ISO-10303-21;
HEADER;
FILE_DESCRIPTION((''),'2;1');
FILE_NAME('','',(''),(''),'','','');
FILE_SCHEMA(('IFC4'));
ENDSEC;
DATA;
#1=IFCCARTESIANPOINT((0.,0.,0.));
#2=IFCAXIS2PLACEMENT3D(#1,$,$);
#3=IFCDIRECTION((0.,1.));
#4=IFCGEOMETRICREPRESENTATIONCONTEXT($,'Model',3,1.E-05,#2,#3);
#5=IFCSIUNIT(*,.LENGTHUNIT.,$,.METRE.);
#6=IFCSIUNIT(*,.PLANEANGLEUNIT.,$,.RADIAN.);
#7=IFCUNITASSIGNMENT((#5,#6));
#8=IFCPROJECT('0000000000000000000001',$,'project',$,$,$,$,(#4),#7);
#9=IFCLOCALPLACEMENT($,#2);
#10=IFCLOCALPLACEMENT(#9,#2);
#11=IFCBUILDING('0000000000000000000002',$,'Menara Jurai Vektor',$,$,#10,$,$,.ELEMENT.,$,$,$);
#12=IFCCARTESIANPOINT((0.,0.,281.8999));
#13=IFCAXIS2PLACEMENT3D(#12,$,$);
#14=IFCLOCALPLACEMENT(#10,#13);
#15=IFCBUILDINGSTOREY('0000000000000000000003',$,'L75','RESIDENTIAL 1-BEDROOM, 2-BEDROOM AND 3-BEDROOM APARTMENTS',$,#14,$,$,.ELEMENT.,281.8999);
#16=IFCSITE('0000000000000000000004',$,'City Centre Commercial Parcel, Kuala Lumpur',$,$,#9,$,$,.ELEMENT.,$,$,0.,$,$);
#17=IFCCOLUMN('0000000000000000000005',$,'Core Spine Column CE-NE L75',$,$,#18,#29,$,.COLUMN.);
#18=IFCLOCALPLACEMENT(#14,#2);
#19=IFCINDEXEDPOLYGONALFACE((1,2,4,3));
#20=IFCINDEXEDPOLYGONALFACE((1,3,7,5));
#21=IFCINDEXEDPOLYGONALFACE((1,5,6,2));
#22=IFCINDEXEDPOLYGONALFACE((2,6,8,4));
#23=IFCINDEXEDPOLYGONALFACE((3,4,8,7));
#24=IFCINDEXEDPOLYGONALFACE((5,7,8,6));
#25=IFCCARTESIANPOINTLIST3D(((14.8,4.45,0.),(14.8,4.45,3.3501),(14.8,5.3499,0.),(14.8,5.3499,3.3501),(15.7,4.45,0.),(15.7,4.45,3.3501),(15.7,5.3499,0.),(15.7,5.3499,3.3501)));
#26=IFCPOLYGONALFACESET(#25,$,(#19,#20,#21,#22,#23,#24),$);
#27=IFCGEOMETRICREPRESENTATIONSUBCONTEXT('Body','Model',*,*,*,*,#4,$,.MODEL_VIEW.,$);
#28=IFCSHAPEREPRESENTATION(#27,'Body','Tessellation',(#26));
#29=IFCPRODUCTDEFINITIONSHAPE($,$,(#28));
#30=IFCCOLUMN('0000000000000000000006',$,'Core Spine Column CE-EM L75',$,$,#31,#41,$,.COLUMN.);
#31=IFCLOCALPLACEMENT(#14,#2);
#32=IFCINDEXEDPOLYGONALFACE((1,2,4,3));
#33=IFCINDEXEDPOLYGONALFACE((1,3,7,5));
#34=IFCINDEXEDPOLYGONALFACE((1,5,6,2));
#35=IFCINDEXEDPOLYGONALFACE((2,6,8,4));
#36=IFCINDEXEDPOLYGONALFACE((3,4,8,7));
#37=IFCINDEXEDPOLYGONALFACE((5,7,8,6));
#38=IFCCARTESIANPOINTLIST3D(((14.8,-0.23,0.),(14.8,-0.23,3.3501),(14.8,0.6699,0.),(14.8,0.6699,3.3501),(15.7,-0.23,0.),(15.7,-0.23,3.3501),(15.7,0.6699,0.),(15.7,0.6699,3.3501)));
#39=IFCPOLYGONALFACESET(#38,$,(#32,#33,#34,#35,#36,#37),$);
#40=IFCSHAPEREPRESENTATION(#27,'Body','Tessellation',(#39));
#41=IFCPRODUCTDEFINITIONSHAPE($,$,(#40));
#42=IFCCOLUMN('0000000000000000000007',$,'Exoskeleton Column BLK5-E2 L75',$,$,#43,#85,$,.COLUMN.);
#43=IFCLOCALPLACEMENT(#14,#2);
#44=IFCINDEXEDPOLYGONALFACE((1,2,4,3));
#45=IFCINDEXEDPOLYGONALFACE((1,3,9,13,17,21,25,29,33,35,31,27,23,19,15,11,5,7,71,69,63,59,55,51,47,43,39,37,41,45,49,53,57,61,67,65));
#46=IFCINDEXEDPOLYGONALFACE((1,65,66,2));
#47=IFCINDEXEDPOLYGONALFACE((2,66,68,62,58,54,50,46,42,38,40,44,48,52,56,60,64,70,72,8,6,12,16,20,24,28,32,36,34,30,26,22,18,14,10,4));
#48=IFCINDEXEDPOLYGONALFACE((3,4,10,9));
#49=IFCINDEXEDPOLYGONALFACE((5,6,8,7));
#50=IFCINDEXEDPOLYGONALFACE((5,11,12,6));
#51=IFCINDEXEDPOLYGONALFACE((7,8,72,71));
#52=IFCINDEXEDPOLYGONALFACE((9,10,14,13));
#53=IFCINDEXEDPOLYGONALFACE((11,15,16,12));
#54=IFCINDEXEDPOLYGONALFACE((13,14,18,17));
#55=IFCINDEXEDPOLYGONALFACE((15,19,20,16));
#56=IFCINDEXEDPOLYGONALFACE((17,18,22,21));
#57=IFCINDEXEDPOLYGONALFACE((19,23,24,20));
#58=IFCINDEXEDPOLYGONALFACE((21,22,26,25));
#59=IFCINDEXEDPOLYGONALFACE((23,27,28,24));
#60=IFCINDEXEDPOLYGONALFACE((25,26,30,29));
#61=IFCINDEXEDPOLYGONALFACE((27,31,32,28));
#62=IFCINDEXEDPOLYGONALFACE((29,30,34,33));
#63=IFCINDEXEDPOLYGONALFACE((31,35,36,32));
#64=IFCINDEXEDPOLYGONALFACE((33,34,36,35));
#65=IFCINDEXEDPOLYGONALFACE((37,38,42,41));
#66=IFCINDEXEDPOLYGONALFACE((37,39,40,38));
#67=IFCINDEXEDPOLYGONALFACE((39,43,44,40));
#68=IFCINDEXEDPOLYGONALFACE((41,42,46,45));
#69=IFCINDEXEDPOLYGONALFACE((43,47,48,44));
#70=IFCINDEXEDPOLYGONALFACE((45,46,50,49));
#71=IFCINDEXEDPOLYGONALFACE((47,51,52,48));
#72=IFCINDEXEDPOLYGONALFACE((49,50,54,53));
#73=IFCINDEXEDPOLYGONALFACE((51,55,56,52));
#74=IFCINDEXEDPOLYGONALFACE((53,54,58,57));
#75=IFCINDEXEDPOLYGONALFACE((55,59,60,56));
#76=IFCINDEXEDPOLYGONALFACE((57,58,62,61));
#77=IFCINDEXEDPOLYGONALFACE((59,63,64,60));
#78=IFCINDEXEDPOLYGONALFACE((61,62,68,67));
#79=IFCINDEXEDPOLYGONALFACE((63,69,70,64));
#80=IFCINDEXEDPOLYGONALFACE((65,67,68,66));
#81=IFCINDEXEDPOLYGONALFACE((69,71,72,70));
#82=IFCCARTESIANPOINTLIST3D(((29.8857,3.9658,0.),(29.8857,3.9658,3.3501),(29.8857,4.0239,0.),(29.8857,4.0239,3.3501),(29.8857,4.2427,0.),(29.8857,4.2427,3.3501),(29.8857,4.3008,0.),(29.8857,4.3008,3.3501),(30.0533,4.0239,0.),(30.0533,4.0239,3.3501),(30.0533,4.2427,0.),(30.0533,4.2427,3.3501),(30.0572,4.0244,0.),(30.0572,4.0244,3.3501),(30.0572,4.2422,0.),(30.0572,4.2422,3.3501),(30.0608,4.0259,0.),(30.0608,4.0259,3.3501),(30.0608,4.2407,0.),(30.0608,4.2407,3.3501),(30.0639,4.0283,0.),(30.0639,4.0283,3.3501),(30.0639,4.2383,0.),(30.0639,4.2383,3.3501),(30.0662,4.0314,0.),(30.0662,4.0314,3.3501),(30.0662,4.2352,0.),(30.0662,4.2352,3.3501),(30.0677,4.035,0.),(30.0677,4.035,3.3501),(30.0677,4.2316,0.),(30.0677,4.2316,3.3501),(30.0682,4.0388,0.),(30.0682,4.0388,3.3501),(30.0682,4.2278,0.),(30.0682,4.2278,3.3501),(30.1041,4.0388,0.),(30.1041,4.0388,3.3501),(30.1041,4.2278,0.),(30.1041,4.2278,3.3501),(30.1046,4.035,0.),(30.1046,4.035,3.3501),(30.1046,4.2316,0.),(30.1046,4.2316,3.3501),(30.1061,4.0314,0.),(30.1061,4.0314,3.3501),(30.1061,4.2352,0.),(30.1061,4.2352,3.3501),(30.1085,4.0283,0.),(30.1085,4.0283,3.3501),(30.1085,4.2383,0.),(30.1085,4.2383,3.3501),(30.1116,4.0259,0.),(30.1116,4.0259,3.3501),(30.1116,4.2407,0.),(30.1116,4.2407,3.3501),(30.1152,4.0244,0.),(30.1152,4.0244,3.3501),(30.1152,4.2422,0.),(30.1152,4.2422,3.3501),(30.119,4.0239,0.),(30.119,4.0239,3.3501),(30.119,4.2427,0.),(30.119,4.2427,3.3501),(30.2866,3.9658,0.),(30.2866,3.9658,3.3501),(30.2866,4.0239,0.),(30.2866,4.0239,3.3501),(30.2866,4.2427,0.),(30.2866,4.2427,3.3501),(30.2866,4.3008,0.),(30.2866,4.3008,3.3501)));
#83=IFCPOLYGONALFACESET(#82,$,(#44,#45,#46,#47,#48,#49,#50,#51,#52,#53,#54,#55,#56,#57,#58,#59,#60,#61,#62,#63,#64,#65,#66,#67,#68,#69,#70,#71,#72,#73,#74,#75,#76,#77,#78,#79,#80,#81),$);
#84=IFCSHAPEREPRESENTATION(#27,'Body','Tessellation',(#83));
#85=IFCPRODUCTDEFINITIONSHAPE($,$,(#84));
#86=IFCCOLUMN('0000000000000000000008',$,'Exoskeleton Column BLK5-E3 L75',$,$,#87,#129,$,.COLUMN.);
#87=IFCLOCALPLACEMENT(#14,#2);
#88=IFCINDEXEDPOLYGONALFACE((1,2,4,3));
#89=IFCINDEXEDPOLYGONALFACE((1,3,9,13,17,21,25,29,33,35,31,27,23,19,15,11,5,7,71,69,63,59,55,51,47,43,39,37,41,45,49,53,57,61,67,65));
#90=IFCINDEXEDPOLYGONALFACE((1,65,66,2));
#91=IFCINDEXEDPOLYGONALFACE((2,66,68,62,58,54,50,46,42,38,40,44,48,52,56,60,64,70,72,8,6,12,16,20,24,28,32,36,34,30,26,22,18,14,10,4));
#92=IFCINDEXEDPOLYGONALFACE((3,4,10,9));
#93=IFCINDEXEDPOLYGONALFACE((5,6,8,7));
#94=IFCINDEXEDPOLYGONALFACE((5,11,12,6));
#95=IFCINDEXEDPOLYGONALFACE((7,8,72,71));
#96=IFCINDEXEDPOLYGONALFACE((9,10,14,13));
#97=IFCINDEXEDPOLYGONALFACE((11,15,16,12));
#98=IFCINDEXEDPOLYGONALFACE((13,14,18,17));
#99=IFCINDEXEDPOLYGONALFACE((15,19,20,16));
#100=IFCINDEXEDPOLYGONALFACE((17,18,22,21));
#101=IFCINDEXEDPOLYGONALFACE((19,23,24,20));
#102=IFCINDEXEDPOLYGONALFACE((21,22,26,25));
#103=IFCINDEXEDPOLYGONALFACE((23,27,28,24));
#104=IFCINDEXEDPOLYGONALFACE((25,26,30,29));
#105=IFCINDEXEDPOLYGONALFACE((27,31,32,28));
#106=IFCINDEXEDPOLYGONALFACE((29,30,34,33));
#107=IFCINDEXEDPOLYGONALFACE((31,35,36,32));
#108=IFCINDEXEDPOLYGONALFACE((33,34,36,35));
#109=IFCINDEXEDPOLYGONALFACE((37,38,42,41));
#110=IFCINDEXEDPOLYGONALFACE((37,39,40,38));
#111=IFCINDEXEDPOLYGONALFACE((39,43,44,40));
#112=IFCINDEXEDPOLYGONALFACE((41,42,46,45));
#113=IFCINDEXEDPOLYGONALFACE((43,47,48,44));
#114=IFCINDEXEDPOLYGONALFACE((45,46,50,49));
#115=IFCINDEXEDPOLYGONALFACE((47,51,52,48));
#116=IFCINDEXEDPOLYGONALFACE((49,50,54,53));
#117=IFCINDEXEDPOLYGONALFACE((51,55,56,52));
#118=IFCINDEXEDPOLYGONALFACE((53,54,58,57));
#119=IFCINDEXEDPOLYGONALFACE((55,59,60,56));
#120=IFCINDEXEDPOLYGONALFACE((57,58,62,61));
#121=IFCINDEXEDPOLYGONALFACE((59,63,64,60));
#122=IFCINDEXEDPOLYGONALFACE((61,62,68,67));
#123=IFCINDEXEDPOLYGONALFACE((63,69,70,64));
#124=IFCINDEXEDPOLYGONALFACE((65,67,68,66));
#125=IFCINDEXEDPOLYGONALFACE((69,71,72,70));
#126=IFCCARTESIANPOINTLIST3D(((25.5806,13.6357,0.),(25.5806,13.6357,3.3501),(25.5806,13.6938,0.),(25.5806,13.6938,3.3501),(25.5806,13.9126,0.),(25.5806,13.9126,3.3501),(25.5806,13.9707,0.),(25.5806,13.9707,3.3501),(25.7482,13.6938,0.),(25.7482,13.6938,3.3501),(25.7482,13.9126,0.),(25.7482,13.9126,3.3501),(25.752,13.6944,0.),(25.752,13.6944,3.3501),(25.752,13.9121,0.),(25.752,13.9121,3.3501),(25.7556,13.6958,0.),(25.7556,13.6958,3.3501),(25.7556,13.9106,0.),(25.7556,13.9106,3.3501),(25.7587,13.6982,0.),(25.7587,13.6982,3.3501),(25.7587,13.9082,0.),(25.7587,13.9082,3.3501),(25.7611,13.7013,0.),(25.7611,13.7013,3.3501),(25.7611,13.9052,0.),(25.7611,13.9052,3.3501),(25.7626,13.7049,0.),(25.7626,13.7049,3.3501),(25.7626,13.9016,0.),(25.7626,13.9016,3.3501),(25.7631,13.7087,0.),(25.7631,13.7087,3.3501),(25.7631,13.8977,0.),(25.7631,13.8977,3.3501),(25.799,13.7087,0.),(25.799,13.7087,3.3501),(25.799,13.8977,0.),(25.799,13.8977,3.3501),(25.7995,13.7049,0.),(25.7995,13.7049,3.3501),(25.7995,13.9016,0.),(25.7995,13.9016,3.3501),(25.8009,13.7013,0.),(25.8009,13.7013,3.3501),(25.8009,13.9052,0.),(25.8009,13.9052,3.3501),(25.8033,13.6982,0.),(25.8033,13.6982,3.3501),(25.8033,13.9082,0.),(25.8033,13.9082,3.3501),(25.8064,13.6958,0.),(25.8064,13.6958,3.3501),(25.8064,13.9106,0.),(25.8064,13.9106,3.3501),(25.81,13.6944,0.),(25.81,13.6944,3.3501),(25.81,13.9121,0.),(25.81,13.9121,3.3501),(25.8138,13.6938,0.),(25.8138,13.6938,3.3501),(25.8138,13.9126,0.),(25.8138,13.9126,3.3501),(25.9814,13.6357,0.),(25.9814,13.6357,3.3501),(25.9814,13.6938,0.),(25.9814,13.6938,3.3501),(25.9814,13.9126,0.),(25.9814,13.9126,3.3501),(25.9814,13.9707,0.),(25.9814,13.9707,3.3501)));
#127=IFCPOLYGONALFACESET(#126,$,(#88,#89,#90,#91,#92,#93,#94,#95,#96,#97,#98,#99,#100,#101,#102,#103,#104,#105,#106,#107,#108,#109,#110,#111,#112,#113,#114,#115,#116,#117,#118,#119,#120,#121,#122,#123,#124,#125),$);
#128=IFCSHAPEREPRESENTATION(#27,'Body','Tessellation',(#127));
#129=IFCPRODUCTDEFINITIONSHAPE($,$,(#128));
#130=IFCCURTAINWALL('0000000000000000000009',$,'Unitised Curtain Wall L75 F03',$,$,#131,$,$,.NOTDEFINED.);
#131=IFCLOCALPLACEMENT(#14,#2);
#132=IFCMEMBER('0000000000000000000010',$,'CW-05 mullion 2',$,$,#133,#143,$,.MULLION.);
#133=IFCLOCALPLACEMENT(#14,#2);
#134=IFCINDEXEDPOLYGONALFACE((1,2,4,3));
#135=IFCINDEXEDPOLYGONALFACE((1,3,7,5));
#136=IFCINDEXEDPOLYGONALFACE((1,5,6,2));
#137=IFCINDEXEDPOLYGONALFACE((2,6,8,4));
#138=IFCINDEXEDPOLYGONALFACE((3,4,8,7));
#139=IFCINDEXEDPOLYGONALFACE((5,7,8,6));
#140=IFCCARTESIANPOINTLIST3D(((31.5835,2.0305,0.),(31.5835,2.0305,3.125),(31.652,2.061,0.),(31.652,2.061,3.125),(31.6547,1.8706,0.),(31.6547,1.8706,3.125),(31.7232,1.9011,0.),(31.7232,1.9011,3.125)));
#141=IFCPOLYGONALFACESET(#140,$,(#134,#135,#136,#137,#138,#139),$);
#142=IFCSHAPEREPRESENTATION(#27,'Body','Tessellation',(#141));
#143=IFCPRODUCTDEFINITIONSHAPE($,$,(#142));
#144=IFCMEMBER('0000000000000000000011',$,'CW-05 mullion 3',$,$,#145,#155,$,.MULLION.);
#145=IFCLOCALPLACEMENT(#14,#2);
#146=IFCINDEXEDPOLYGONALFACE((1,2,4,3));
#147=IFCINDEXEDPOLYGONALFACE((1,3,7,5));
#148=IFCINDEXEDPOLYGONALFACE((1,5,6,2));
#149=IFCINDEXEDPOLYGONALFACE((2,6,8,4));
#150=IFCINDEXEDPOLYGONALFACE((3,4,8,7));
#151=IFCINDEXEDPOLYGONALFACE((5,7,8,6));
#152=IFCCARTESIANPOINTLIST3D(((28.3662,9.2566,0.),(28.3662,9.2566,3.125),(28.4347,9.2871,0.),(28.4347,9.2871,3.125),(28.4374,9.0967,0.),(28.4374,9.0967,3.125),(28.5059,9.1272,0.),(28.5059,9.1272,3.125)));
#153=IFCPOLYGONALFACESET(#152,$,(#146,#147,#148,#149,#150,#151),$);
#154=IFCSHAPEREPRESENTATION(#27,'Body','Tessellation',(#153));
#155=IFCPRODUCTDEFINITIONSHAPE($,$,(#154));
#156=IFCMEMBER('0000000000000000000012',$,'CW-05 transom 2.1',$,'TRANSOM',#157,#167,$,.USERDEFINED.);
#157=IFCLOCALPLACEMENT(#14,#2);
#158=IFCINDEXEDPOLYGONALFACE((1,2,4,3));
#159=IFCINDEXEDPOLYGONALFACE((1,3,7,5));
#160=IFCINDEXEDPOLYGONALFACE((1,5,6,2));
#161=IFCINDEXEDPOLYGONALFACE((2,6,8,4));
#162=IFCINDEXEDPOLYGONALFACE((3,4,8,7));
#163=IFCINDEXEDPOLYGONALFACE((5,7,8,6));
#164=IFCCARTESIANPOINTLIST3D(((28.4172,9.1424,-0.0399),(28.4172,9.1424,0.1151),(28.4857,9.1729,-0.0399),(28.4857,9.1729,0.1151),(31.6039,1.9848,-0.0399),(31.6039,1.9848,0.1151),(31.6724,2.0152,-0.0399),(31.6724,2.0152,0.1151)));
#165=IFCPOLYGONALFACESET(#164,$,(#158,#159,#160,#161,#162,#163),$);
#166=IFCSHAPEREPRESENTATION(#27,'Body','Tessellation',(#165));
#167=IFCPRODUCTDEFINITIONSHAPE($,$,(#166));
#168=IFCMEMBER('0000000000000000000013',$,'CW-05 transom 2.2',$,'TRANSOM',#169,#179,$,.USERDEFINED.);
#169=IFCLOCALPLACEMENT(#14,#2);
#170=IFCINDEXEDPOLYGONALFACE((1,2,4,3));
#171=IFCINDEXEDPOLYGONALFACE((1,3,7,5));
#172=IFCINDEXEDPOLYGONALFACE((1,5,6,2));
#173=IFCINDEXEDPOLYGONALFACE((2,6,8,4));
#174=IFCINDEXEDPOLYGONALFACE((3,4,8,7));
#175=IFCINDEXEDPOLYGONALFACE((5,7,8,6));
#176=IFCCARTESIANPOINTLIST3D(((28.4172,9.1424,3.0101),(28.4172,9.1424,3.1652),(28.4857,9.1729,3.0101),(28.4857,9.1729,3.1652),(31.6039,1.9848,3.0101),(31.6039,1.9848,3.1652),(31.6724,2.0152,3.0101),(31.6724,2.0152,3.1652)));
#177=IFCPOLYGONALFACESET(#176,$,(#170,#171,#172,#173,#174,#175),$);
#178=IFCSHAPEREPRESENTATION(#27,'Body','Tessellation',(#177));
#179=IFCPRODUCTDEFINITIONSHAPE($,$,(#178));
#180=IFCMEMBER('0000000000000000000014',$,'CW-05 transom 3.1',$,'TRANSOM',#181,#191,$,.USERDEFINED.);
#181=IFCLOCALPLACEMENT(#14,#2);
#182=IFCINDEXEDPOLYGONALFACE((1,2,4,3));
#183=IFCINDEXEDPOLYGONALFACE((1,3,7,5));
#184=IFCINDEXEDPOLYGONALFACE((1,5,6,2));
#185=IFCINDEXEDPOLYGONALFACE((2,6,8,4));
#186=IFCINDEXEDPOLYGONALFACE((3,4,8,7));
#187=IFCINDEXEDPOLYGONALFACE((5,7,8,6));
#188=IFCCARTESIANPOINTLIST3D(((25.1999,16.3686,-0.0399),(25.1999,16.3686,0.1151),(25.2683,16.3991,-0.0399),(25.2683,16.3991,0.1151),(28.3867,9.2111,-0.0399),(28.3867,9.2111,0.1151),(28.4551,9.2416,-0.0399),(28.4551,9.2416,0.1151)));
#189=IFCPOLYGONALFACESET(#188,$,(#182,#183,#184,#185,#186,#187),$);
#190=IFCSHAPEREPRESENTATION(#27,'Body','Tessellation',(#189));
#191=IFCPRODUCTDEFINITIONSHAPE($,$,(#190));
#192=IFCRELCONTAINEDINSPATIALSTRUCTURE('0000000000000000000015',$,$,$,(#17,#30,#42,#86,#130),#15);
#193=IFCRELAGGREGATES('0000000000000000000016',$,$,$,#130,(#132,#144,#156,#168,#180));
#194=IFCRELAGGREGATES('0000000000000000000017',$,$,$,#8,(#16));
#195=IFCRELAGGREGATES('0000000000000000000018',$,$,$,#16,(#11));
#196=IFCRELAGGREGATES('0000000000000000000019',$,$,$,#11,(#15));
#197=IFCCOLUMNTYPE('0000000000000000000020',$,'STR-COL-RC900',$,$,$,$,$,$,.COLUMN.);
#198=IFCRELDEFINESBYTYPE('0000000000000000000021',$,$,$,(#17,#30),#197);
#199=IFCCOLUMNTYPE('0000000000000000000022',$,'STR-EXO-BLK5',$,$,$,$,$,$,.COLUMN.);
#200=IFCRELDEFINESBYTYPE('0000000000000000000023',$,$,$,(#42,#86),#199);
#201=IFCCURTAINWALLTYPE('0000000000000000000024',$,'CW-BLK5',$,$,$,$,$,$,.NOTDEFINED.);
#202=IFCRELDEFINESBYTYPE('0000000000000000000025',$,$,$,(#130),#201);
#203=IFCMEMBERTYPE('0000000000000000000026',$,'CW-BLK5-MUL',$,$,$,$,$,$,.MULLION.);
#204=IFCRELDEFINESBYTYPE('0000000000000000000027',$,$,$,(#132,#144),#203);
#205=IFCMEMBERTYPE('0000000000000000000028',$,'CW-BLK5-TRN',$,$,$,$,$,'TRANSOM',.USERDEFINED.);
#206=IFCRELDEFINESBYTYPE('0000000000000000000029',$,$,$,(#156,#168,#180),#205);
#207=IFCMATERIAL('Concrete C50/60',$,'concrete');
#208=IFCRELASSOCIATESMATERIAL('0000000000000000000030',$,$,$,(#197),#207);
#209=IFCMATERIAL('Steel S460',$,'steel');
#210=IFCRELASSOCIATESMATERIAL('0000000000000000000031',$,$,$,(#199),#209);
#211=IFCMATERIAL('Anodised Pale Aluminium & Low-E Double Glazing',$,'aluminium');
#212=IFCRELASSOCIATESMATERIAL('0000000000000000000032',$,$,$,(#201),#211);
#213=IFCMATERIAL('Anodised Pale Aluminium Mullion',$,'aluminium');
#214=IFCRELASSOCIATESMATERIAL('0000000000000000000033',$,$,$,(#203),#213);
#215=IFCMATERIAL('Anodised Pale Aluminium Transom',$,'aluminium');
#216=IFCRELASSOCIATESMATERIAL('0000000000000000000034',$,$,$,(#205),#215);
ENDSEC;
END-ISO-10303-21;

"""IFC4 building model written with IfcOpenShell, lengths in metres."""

from ifc_helpers import new_model, si_unit, direction, frame, origin, origin_2d, place, context, subcontext, project, spatial, rectangle, i_section, extrude, material, material_profile, profile_set, type_object, element, aggregate, save


model = new_model("IFC4")

# Units and contexts
model_context = context("Model", 3, precision=1e-05, world=origin(), true_north=direction((0.0, 1.0)))
body_context = subcontext(model_context, "Body", "Model", "MODEL_VIEW")
ifc_project = project(units=[si_unit("LENGTHUNIT", "METRE"), si_unit("PLANEANGLEUNIT", "RADIAN")], contexts=[model_context])

# Site, building, storey
site_placement = place(None, origin())
site = spatial("IfcSite", under=ifc_project, at=site_placement, Name="City Centre Commercial Parcel, Kuala Lumpur", CompositionType="ELEMENT", RefElevation=0.0)
building_placement = place(site_placement, origin())
building = spatial("IfcBuilding", under=site, at=building_placement, Name="Menara Jurai Vektor", CompositionType="ELEMENT")
storey_placement = place(building_placement, frame((0.0, 0.0, 281.8999)))
storey = spatial("IfcBuildingStorey", under=building, at=storey_placement, Name="L75", Description="RESIDENTIAL 1-BEDROOM, 2-BEDROOM AND 3-BEDROOM APARTMENTS", CompositionType="ELEMENT", Elevation=281.8999)

# Columns
ifc_material_1 = material(Name="Concrete C50/60", Category="concrete")
ifc_material_profile_1 = material_profile(ifc_material_1, rectangle(XDim=0.8999, YDim=0.8999, at=origin_2d()), Name="RC 900x900")
ifc_profile_set_1 = profile_set([ifc_material_profile_1], Name="Concrete C50/60")
column_type_1 = type_object("IfcColumnType", Name="STR-COL-RC900", PredefinedType="COLUMN", material=ifc_profile_set_1)
for number, where, z_axis, x_axis, name in (
    (1, (15.25, 4.8999, 0.0), (0.0, 0.0, 1.0), (1.0, 0.0, 0.0), "Core Spine Column CE-NE L75"),
    (2, (15.25, 0.22, 0.0), (0.0, 0.0, 1.0), (1.0, 0.0, 0.0), "Core Spine Column CE-EM L75"),
):
    element("IfcColumn", number, at=place(storey_placement, frame(where, z_axis=z_axis, x_axis=x_axis)), inside=storey, type_object=column_type_1, Name=name, PredefinedType="COLUMN", context=body_context, shape_type="SweptSolid", body=[
        extrude(rectangle(XDim=0.8999, YDim=0.8999, at=origin_2d()), origin(), (0.0, 0.0, 1.0), 3.3501),
    ])
ifc_material_2 = material(Name="Steel S460", Category="steel")
ifc_material_profile_2 = material_profile(ifc_material_2, i_section(OverallWidth=0.4009, OverallDepth=0.335, WebThickness=0.0359, FlangeThickness=0.0581, FilletRadius=0.0149, at=origin_2d()), Name="HD 400x463")
ifc_profile_set_2 = profile_set([ifc_material_profile_2], Name="Steel S460")
column_type_2 = type_object("IfcColumnType", Name="STR-EXO-BLK5", PredefinedType="COLUMN", material=ifc_profile_set_2)
for number, where, z_axis, x_axis, name in (
    (3, (30.0862, 4.1333, 0.0), (0.0, 0.0, 1.0), (1.0, 0.0, 0.0), "Exoskeleton Column BLK5-E2 L75"),
    (4, (25.781, 13.8032, 0.0), (0.0, 0.0, 1.0), (1.0, 0.0, 0.0), "Exoskeleton Column BLK5-E3 L75"),
):
    element("IfcColumn", number, at=place(storey_placement, frame(where, z_axis=z_axis, x_axis=x_axis)), inside=storey, type_object=column_type_2, Name=name, PredefinedType="COLUMN", context=body_context, shape_type="SweptSolid", body=[
        extrude(i_section(OverallWidth=0.4009, OverallDepth=0.335, WebThickness=0.0359, FlangeThickness=0.0581, FilletRadius=0.0149, at=origin_2d()), origin(), (0.0, 0.0, 1.0), 3.3501),
    ])

# Curtain wall, members
ifc_material_3 = material(Name="Anodised Pale Aluminium & Low-E Double Glazing", Category="aluminium")
curtain_wall_type = type_object("IfcCurtainWallType", Name="CW-BLK5", PredefinedType="NOTDEFINED", material=ifc_material_3)
curtain_wall_placement = place(storey_placement, origin())
curtain_wall = element("IfcCurtainWall", 5, at=curtain_wall_placement, inside=storey, type_object=curtain_wall_type, Name="Unitised Curtain Wall L75 F03", PredefinedType="NOTDEFINED")
ifc_material_4 = material(Name="Anodised Pale Aluminium Mullion", Category="aluminium")
ifc_material_profile_3 = material_profile(ifc_material_4, rectangle(XDim=0.075, YDim=0.175, at=origin_2d()), Name="ALU MUL 75x175")
ifc_profile_set_3 = profile_set([ifc_material_profile_3], Name="Anodised Pale Aluminium Mullion")
member_type_1 = type_object("IfcMemberType", Name="CW-BLK5-MUL", PredefinedType="MULLION", material=ifc_profile_set_3)
member_1_placement = place(storey_placement, frame((31.6533, 1.9658, 0.0), z_axis=(0.0, 0.0, 1.0), x_axis=(-0.913546, -0.406735, 0.0)))
member_1 = element("IfcMember", 6, at=member_1_placement, type_object=member_type_1, Name="CW-05 mullion 2", PredefinedType="MULLION", context=body_context, shape_type="SweptSolid", body=[
    extrude(rectangle(XDim=0.075, YDim=0.175, at=origin_2d()), origin(), (0.0, 0.0, 1.0), 3.125),
])
member_2_placement = place(storey_placement, frame((28.436, 9.1919, 0.0), z_axis=(0.0, 0.0, 1.0), x_axis=(-0.913546, -0.406735, 0.0)))
member_2 = element("IfcMember", 7, at=member_2_placement, type_object=member_type_1, Name="CW-05 mullion 3", PredefinedType="MULLION", context=body_context, shape_type="SweptSolid", body=[
    extrude(rectangle(XDim=0.075, YDim=0.175, at=origin_2d()), origin(), (0.0, 0.0, 1.0), 3.125),
])
ifc_material_5 = material(Name="Anodised Pale Aluminium Transom", Category="aluminium")
ifc_material_profile_4 = material_profile(ifc_material_5, rectangle(XDim=0.075, YDim=0.155, at=origin_2d()), Name="ALU TRN 75x155")
ifc_profile_set_4 = profile_set([ifc_material_profile_4], Name="Anodised Pale Aluminium Transom")
member_type_2 = type_object("IfcMemberType", Name="CW-BLK5-TRN", ElementType="TRANSOM", PredefinedType="USERDEFINED", material=ifc_profile_set_4)
member_3_placement = place(storey_placement, frame((31.6382, 2.0, 0.0376), z_axis=(-0.406731, 0.913548, 0.0), x_axis=(-0.913548, -0.406731, 0.0)))
member_3 = element("IfcMember", 8, at=member_3_placement, type_object=member_type_2, Name="CW-05 transom 2.1", ObjectType="TRANSOM", PredefinedType="USERDEFINED", context=body_context, shape_type="SweptSolid", body=[
    extrude(rectangle(XDim=0.075, YDim=0.155, at=origin_2d()), origin(), (0.0, 0.0, 1.0), 7.835),
])
member_4_placement = place(storey_placement, frame((31.6382, 2.0, 3.0876), z_axis=(-0.406731, 0.913548, 0.0), x_axis=(-0.913548, -0.406731, 0.0)))
member_4 = element("IfcMember", 9, at=member_4_placement, type_object=member_type_2, Name="CW-05 transom 2.2", ObjectType="TRANSOM", PredefinedType="USERDEFINED", context=body_context, shape_type="SweptSolid", body=[
    extrude(rectangle(XDim=0.075, YDim=0.155, at=origin_2d()), origin(), (0.0, 0.0, 1.0), 7.835),
])
member_5_placement = place(storey_placement, frame((28.4209, 9.2263, 0.0376), z_axis=(-0.406743, 0.913543, 0.0), x_axis=(-0.913543, -0.406743, 0.0)))
member_5 = element("IfcMember", 10, at=member_5_placement, type_object=member_type_2, Name="CW-05 transom 3.1", ObjectType="TRANSOM", PredefinedType="USERDEFINED", context=body_context, shape_type="SweptSolid", body=[
    extrude(rectangle(XDim=0.075, YDim=0.155, at=origin_2d()), origin(), (0.0, 0.0, 1.0), 7.835),
])

aggregate(curtain_wall, [member_1, member_2, member_3, member_4, member_5])

save(model, "model.ifc")
